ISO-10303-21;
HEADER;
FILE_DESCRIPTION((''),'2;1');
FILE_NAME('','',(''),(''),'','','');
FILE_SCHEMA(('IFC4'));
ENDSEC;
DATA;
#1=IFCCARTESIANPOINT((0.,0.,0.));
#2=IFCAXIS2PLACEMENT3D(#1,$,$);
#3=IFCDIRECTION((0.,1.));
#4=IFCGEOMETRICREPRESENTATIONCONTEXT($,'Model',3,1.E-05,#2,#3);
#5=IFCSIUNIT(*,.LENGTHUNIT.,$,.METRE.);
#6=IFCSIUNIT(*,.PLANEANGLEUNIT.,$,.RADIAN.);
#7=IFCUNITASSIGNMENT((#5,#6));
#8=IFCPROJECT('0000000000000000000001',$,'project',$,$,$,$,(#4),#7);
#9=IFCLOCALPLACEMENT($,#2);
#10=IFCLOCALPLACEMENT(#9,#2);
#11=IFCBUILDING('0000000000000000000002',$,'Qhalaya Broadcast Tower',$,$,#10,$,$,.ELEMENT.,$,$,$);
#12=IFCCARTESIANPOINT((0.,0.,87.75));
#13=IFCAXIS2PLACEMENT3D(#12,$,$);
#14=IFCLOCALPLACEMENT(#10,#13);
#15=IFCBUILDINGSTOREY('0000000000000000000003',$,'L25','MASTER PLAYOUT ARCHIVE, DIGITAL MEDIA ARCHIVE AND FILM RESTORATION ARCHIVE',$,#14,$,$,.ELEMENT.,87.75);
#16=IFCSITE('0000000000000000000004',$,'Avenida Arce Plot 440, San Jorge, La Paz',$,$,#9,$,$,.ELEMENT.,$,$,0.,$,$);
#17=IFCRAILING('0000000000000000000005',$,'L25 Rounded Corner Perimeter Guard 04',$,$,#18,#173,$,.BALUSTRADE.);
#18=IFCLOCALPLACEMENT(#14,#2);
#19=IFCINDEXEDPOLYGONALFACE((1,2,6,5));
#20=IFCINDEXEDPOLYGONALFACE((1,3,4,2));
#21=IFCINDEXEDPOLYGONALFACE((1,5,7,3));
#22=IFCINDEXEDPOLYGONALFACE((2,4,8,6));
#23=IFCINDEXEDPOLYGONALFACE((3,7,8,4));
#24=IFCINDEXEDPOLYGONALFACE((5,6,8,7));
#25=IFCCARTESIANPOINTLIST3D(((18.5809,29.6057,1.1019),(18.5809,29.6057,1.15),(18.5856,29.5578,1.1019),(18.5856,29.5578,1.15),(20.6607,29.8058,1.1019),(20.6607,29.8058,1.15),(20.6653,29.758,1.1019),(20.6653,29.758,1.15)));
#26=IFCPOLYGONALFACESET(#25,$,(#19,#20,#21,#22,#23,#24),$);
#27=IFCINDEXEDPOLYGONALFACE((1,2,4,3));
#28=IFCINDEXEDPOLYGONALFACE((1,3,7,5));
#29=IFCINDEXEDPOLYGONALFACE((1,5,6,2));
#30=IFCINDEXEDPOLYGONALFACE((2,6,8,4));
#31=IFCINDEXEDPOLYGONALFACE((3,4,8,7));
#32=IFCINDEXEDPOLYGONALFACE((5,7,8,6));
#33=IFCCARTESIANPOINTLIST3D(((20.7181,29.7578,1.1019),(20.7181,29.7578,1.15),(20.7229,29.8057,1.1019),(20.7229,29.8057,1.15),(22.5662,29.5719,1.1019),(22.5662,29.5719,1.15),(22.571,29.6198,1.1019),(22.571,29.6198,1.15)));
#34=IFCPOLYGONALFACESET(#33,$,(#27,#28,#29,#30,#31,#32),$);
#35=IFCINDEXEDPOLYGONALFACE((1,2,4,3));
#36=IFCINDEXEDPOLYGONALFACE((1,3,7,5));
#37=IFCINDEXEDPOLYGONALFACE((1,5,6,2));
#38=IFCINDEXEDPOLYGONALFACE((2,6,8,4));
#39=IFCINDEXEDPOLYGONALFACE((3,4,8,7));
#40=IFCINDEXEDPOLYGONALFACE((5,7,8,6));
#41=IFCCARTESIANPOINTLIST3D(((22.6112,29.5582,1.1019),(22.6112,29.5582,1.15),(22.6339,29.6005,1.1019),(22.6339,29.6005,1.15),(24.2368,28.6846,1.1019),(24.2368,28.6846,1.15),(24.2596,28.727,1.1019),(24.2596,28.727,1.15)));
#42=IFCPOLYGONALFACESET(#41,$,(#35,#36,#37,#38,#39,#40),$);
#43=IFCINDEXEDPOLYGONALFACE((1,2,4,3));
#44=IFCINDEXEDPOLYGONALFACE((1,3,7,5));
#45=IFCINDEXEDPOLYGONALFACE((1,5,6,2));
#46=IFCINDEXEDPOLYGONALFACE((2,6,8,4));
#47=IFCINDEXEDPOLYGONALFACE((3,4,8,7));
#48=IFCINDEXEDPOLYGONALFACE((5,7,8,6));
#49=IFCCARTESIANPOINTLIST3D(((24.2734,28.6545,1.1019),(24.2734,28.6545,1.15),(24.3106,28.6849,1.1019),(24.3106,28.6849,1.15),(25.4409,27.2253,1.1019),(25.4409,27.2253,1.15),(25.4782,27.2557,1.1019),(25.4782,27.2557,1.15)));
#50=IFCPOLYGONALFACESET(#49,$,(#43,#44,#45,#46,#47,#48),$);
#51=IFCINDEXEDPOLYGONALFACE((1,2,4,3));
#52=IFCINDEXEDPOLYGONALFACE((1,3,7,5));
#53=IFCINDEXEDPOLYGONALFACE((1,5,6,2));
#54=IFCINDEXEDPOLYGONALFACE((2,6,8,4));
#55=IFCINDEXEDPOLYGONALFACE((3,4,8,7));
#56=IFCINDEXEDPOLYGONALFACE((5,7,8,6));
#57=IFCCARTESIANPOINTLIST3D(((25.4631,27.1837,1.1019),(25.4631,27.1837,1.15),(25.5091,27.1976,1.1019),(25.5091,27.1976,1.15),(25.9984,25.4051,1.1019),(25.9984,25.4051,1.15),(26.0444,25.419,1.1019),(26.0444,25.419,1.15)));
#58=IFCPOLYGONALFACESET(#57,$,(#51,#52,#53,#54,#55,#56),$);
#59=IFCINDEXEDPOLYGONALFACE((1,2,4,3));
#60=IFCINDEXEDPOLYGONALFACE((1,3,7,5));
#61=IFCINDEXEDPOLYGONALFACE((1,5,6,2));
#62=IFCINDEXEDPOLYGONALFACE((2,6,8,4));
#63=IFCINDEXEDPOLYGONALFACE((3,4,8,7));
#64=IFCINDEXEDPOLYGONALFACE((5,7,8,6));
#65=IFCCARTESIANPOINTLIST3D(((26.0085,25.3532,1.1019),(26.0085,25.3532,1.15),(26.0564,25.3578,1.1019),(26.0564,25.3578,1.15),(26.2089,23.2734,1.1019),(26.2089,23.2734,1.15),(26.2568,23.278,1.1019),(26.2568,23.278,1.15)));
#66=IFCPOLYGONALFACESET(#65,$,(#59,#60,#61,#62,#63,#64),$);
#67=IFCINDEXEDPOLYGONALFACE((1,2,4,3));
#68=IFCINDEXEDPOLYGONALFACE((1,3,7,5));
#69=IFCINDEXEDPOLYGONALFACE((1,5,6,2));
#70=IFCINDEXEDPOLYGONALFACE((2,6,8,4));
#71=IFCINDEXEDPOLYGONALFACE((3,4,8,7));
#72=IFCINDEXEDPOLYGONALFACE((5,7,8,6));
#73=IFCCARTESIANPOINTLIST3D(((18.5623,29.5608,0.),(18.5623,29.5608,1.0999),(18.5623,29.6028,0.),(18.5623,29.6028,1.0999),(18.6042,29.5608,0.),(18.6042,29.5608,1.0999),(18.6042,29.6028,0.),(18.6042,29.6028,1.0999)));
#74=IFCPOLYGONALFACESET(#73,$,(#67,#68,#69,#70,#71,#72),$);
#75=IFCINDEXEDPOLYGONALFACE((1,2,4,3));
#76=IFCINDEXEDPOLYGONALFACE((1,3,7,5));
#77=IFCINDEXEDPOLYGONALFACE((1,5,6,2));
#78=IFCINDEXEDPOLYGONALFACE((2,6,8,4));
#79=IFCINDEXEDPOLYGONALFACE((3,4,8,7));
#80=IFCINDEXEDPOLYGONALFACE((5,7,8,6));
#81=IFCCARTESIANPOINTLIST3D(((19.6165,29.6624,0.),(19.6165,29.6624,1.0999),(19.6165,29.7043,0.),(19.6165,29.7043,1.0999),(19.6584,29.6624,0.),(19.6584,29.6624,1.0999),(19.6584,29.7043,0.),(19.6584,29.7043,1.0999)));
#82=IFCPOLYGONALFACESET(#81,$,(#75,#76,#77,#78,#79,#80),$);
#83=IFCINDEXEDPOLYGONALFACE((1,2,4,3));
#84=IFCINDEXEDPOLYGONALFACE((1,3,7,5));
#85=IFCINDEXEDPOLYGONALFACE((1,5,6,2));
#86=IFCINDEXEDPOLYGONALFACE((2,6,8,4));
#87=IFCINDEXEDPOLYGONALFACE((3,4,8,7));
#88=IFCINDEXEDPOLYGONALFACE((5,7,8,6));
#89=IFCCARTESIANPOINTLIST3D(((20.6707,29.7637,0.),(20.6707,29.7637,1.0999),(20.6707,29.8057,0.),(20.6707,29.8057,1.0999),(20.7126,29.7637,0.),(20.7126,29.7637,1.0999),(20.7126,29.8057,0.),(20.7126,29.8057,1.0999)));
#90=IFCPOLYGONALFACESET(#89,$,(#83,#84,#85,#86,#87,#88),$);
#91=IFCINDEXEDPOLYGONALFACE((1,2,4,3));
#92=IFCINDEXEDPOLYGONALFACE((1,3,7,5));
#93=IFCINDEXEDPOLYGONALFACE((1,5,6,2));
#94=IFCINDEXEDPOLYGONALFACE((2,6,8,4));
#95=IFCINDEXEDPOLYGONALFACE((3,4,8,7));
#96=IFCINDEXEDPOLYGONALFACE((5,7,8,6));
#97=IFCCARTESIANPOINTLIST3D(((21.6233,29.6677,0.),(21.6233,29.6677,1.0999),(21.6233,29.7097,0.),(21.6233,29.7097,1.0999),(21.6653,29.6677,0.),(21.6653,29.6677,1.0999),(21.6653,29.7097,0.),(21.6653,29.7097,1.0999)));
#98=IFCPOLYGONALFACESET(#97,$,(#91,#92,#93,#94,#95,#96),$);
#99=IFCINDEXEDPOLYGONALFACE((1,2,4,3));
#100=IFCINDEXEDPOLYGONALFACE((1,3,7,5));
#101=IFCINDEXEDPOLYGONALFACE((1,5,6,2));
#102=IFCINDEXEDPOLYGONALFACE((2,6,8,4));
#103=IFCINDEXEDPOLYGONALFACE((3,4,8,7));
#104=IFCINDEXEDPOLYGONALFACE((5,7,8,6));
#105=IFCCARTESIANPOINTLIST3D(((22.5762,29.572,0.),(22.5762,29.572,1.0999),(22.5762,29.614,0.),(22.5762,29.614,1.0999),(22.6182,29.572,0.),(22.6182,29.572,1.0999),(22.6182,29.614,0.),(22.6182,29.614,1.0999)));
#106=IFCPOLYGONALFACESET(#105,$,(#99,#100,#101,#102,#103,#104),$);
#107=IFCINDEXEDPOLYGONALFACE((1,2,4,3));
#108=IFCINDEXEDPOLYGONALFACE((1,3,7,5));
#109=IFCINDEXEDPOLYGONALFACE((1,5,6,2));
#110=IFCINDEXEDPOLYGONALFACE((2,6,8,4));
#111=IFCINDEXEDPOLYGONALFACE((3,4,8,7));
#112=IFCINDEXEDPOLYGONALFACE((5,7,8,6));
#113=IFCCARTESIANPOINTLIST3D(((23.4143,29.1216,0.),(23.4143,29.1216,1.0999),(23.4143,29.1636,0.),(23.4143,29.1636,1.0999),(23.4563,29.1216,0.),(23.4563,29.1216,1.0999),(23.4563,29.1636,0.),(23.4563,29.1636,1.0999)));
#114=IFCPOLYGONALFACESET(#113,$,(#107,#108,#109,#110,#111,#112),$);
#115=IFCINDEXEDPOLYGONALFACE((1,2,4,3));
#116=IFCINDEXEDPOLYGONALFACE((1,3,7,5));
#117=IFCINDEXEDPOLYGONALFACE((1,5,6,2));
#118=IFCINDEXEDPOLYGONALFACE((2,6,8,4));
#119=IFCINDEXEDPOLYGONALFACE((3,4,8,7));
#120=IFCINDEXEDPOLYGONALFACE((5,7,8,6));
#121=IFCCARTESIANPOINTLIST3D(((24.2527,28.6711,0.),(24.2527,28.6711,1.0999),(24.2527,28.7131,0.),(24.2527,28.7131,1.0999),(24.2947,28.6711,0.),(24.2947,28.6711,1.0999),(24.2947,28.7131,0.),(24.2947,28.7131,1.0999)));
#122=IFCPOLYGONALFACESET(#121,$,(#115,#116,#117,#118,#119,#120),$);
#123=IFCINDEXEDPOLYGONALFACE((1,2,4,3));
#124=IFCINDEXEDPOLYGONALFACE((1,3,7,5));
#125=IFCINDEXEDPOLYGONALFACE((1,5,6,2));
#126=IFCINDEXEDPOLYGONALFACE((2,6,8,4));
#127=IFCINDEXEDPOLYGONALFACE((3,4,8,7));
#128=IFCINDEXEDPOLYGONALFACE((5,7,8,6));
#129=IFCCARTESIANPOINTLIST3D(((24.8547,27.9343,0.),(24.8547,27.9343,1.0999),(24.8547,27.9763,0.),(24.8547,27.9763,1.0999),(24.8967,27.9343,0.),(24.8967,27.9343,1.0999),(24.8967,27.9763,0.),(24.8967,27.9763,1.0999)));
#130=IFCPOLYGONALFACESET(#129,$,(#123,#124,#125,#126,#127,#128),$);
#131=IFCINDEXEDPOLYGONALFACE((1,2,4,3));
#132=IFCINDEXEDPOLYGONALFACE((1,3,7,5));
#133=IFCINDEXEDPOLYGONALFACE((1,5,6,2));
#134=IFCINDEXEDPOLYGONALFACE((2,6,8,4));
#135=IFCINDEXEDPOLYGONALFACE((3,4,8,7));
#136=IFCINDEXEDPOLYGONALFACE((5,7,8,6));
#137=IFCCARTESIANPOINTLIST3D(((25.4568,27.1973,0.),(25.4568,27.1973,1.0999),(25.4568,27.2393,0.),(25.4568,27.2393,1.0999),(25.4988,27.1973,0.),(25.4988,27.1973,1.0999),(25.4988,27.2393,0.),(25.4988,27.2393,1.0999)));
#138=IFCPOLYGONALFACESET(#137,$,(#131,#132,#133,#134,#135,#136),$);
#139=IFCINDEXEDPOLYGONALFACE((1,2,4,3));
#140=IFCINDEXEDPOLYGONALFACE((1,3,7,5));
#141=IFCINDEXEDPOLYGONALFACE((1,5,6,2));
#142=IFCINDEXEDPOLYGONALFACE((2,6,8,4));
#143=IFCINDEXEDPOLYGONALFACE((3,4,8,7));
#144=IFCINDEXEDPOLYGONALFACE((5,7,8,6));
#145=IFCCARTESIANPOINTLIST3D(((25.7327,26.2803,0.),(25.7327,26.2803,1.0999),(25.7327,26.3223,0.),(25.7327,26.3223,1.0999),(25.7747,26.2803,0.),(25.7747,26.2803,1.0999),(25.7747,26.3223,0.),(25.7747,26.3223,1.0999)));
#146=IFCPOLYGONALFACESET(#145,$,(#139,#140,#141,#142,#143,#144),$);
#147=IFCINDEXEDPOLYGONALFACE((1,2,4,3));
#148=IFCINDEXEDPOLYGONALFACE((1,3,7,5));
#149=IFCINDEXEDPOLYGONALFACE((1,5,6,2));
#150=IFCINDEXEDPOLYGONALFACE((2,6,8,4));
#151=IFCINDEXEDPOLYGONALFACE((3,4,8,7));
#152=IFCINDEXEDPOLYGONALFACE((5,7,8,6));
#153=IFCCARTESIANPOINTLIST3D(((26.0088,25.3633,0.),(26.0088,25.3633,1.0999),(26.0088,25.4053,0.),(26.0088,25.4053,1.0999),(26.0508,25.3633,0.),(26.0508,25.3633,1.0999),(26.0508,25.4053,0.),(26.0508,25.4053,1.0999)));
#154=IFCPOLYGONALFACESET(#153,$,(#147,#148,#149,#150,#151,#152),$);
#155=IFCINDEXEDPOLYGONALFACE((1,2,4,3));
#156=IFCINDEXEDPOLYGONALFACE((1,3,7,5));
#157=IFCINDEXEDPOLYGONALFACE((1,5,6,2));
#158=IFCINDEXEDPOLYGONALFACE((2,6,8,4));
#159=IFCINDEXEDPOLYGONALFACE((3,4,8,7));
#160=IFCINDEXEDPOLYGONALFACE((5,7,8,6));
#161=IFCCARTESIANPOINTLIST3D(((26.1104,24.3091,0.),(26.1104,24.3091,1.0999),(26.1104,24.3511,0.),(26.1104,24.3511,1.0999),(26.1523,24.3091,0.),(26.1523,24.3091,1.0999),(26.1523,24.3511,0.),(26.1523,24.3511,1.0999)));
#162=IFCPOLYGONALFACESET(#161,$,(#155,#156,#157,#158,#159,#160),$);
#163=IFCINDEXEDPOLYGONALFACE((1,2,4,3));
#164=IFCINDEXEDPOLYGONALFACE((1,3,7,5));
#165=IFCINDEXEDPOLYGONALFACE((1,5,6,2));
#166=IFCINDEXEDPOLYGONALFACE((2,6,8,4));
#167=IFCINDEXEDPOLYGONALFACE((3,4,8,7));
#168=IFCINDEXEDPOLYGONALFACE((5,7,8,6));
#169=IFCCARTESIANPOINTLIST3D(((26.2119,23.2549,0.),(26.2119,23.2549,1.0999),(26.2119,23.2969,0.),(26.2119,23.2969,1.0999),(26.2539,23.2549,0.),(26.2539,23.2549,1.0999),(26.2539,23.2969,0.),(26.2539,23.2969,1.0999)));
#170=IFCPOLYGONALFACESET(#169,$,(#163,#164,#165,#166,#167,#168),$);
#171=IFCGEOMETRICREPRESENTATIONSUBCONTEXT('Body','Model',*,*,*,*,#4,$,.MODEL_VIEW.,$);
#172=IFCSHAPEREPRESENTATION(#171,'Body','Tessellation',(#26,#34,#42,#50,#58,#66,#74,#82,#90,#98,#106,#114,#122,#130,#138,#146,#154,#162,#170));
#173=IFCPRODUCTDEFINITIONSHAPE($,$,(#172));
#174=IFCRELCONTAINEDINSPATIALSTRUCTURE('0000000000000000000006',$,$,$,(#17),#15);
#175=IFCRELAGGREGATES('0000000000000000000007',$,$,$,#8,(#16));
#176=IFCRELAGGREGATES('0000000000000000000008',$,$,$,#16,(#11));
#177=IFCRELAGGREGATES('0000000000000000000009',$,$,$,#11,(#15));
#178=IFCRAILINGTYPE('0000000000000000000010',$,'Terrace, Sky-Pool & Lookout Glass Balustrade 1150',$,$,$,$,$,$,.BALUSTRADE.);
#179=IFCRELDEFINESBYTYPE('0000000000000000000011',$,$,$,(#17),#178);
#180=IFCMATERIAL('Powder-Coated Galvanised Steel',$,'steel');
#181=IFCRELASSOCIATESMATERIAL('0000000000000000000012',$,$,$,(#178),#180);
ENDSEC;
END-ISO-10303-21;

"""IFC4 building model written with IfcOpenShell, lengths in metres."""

from ifc_helpers import new_model, si_unit, direction, frame, origin, origin_2d, place, context, subcontext, project, spatial, rectangle, extrude, material, type_object, element, save


model = new_model("IFC4")

# Units and contexts
model_context = context("Model", 3, precision=1e-05, world=origin(), true_north=direction((0.0, 1.0)))
body_context = subcontext(model_context, "Body", "Model", "MODEL_VIEW")
ifc_project = project(units=[si_unit("LENGTHUNIT", "METRE"), si_unit("PLANEANGLEUNIT", "RADIAN")], contexts=[model_context])

# Site, building, storey
site_placement = place(None, origin())
site = spatial("IfcSite", under=ifc_project, at=site_placement, Name="Avenida Arce Plot 440, San Jorge, La Paz", CompositionType="ELEMENT", RefElevation=0.0)
building_placement = place(site_placement, origin())
building = spatial("IfcBuilding", under=site, at=building_placement, Name="Qhalaya Broadcast Tower", CompositionType="ELEMENT")
storey_placement = place(building_placement, frame((0.0, 0.0, 87.75)))
storey = spatial("IfcBuildingStorey", under=building, at=storey_placement, Name="L25", Description="MASTER PLAYOUT ARCHIVE, DIGITAL MEDIA ARCHIVE AND FILM RESTORATION ARCHIVE", CompositionType="ELEMENT", Elevation=87.75)

# Railing
ifc_material_1 = material(Name="Powder-Coated Galvanised Steel", Category="steel")
railing_type = type_object("IfcRailingType", Name="Terrace, Sky-Pool & Lookout Glass Balustrade 1150", PredefinedType="BALUSTRADE", material=ifc_material_1)
railing_placement = place(storey_placement, frame((18.5833, 29.5818, 0.0)))
element("IfcRailing", 1, at=railing_placement, inside=storey, type_object=railing_type, Name="L25 Rounded Corner Perimeter Guard 04", PredefinedType="BALUSTRADE", context=body_context, shape_type="SweptSolid", body=[
    extrude(rectangle(XDim=0.0481, YDim=0.0481, at=origin_2d()), frame((0.0, 0.0, 1.126), z_axis=(0.995402, 0.095783, 0.0), x_axis=(-0.095783, 0.995402, 0.0)), (0.0, 0.0, 1.0), 2.0894),
    extrude(rectangle(XDim=0.0481, YDim=0.0481, at=origin_2d()), frame((2.1372, 0.2, 1.126), z_axis=(0.99498, -0.100072, 0.0), x_axis=(0.100072, 0.99498, 0.0)), (0.0, 0.0, 1.0), 1.8574),
    extrude(rectangle(XDim=0.0481, YDim=0.0481, at=origin_2d()), frame((4.0393, -0.0024, 1.126), z_axis=(0.880879, -0.473342, 0.0), x_axis=(0.473342, 0.880879, 0.0)), (0.0, 0.0, 1.0), 1.8455),
    extrude(rectangle(XDim=0.0481, YDim=0.0481, at=origin_2d()), frame((5.7087, -0.9121, 1.126), z_axis=(0.632672, -0.77442, 0.0), x_axis=(0.77442, 0.632672, 0.0)), (0.0, 0.0, 1.0), 1.8455),
    extrude(rectangle(XDim=0.0481, YDim=0.0481, at=origin_2d()), frame((6.9028, -2.3911, 1.126), z_axis=(0.288213, -0.957566, 0.0), x_axis=(0.957566, 0.288213, 0.0)), (0.0, 0.0, 1.0), 1.8574),
    extrude(rectangle(XDim=0.0481, YDim=0.0481, at=origin_2d()), frame((7.4492, -4.2263, 1.126), z_axis=(0.095897, -0.995391, 0.0), x_axis=(0.995391, 0.095897, 0.0)), (0.0, 0.0, 1.0), 2.0894),
    extrude(rectangle(XDim=0.042, YDim=0.042, at=origin_2d()), origin(), (0.0, 0.0, 1.0), 1.0999),
    extrude(rectangle(XDim=0.042, YDim=0.042, at=origin_2d()), frame((1.0542, 0.1016, 0.0)), (0.0, 0.0, 1.0), 1.0999),
    extrude(rectangle(XDim=0.042, YDim=0.042, at=origin_2d()), frame((2.1084, 0.2029, 0.0)), (0.0, 0.0, 1.0), 1.0999),
    extrude(rectangle(XDim=0.042, YDim=0.042, at=origin_2d()), frame((3.061, 0.1069, 0.0)), (0.0, 0.0, 1.0), 1.0999),
    extrude(rectangle(XDim=0.042, YDim=0.042, at=origin_2d()), frame((4.0139, 0.0112, 0.0)), (0.0, 0.0, 1.0), 1.0999),
    extrude(rectangle(XDim=0.042, YDim=0.042, at=origin_2d()), frame((4.8521, -0.4392, 0.0)), (0.0, 0.0, 1.0), 1.0999),
    extrude(rectangle(XDim=0.042, YDim=0.042, at=origin_2d()), frame((5.6904, -0.8896, 0.0)), (0.0, 0.0, 1.0), 1.0999),
    extrude(rectangle(XDim=0.042, YDim=0.042, at=origin_2d()), frame((6.2925, -1.6265, 0.0)), (0.0, 0.0, 1.0), 1.0999),
    extrude(rectangle(XDim=0.042, YDim=0.042, at=origin_2d()), frame((6.8945, -2.3635, 0.0)), (0.0, 0.0, 1.0), 1.0999),
    extrude(rectangle(XDim=0.042, YDim=0.042, at=origin_2d()), frame((7.1704, -3.2805, 0.0)), (0.0, 0.0, 1.0), 1.0999),
    extrude(rectangle(XDim=0.042, YDim=0.042, at=origin_2d()), frame((7.4465, -4.1975, 0.0)), (0.0, 0.0, 1.0), 1.0999),
    extrude(rectangle(XDim=0.042, YDim=0.042, at=origin_2d()), frame((7.5481, -5.2517, 0.0)), (0.0, 0.0, 1.0), 1.0999),
    extrude(rectangle(XDim=0.042, YDim=0.042, at=origin_2d()), frame((7.6497, -6.3059, 0.0)), (0.0, 0.0, 1.0), 1.0999),
])

save(model, "model.ifc")
